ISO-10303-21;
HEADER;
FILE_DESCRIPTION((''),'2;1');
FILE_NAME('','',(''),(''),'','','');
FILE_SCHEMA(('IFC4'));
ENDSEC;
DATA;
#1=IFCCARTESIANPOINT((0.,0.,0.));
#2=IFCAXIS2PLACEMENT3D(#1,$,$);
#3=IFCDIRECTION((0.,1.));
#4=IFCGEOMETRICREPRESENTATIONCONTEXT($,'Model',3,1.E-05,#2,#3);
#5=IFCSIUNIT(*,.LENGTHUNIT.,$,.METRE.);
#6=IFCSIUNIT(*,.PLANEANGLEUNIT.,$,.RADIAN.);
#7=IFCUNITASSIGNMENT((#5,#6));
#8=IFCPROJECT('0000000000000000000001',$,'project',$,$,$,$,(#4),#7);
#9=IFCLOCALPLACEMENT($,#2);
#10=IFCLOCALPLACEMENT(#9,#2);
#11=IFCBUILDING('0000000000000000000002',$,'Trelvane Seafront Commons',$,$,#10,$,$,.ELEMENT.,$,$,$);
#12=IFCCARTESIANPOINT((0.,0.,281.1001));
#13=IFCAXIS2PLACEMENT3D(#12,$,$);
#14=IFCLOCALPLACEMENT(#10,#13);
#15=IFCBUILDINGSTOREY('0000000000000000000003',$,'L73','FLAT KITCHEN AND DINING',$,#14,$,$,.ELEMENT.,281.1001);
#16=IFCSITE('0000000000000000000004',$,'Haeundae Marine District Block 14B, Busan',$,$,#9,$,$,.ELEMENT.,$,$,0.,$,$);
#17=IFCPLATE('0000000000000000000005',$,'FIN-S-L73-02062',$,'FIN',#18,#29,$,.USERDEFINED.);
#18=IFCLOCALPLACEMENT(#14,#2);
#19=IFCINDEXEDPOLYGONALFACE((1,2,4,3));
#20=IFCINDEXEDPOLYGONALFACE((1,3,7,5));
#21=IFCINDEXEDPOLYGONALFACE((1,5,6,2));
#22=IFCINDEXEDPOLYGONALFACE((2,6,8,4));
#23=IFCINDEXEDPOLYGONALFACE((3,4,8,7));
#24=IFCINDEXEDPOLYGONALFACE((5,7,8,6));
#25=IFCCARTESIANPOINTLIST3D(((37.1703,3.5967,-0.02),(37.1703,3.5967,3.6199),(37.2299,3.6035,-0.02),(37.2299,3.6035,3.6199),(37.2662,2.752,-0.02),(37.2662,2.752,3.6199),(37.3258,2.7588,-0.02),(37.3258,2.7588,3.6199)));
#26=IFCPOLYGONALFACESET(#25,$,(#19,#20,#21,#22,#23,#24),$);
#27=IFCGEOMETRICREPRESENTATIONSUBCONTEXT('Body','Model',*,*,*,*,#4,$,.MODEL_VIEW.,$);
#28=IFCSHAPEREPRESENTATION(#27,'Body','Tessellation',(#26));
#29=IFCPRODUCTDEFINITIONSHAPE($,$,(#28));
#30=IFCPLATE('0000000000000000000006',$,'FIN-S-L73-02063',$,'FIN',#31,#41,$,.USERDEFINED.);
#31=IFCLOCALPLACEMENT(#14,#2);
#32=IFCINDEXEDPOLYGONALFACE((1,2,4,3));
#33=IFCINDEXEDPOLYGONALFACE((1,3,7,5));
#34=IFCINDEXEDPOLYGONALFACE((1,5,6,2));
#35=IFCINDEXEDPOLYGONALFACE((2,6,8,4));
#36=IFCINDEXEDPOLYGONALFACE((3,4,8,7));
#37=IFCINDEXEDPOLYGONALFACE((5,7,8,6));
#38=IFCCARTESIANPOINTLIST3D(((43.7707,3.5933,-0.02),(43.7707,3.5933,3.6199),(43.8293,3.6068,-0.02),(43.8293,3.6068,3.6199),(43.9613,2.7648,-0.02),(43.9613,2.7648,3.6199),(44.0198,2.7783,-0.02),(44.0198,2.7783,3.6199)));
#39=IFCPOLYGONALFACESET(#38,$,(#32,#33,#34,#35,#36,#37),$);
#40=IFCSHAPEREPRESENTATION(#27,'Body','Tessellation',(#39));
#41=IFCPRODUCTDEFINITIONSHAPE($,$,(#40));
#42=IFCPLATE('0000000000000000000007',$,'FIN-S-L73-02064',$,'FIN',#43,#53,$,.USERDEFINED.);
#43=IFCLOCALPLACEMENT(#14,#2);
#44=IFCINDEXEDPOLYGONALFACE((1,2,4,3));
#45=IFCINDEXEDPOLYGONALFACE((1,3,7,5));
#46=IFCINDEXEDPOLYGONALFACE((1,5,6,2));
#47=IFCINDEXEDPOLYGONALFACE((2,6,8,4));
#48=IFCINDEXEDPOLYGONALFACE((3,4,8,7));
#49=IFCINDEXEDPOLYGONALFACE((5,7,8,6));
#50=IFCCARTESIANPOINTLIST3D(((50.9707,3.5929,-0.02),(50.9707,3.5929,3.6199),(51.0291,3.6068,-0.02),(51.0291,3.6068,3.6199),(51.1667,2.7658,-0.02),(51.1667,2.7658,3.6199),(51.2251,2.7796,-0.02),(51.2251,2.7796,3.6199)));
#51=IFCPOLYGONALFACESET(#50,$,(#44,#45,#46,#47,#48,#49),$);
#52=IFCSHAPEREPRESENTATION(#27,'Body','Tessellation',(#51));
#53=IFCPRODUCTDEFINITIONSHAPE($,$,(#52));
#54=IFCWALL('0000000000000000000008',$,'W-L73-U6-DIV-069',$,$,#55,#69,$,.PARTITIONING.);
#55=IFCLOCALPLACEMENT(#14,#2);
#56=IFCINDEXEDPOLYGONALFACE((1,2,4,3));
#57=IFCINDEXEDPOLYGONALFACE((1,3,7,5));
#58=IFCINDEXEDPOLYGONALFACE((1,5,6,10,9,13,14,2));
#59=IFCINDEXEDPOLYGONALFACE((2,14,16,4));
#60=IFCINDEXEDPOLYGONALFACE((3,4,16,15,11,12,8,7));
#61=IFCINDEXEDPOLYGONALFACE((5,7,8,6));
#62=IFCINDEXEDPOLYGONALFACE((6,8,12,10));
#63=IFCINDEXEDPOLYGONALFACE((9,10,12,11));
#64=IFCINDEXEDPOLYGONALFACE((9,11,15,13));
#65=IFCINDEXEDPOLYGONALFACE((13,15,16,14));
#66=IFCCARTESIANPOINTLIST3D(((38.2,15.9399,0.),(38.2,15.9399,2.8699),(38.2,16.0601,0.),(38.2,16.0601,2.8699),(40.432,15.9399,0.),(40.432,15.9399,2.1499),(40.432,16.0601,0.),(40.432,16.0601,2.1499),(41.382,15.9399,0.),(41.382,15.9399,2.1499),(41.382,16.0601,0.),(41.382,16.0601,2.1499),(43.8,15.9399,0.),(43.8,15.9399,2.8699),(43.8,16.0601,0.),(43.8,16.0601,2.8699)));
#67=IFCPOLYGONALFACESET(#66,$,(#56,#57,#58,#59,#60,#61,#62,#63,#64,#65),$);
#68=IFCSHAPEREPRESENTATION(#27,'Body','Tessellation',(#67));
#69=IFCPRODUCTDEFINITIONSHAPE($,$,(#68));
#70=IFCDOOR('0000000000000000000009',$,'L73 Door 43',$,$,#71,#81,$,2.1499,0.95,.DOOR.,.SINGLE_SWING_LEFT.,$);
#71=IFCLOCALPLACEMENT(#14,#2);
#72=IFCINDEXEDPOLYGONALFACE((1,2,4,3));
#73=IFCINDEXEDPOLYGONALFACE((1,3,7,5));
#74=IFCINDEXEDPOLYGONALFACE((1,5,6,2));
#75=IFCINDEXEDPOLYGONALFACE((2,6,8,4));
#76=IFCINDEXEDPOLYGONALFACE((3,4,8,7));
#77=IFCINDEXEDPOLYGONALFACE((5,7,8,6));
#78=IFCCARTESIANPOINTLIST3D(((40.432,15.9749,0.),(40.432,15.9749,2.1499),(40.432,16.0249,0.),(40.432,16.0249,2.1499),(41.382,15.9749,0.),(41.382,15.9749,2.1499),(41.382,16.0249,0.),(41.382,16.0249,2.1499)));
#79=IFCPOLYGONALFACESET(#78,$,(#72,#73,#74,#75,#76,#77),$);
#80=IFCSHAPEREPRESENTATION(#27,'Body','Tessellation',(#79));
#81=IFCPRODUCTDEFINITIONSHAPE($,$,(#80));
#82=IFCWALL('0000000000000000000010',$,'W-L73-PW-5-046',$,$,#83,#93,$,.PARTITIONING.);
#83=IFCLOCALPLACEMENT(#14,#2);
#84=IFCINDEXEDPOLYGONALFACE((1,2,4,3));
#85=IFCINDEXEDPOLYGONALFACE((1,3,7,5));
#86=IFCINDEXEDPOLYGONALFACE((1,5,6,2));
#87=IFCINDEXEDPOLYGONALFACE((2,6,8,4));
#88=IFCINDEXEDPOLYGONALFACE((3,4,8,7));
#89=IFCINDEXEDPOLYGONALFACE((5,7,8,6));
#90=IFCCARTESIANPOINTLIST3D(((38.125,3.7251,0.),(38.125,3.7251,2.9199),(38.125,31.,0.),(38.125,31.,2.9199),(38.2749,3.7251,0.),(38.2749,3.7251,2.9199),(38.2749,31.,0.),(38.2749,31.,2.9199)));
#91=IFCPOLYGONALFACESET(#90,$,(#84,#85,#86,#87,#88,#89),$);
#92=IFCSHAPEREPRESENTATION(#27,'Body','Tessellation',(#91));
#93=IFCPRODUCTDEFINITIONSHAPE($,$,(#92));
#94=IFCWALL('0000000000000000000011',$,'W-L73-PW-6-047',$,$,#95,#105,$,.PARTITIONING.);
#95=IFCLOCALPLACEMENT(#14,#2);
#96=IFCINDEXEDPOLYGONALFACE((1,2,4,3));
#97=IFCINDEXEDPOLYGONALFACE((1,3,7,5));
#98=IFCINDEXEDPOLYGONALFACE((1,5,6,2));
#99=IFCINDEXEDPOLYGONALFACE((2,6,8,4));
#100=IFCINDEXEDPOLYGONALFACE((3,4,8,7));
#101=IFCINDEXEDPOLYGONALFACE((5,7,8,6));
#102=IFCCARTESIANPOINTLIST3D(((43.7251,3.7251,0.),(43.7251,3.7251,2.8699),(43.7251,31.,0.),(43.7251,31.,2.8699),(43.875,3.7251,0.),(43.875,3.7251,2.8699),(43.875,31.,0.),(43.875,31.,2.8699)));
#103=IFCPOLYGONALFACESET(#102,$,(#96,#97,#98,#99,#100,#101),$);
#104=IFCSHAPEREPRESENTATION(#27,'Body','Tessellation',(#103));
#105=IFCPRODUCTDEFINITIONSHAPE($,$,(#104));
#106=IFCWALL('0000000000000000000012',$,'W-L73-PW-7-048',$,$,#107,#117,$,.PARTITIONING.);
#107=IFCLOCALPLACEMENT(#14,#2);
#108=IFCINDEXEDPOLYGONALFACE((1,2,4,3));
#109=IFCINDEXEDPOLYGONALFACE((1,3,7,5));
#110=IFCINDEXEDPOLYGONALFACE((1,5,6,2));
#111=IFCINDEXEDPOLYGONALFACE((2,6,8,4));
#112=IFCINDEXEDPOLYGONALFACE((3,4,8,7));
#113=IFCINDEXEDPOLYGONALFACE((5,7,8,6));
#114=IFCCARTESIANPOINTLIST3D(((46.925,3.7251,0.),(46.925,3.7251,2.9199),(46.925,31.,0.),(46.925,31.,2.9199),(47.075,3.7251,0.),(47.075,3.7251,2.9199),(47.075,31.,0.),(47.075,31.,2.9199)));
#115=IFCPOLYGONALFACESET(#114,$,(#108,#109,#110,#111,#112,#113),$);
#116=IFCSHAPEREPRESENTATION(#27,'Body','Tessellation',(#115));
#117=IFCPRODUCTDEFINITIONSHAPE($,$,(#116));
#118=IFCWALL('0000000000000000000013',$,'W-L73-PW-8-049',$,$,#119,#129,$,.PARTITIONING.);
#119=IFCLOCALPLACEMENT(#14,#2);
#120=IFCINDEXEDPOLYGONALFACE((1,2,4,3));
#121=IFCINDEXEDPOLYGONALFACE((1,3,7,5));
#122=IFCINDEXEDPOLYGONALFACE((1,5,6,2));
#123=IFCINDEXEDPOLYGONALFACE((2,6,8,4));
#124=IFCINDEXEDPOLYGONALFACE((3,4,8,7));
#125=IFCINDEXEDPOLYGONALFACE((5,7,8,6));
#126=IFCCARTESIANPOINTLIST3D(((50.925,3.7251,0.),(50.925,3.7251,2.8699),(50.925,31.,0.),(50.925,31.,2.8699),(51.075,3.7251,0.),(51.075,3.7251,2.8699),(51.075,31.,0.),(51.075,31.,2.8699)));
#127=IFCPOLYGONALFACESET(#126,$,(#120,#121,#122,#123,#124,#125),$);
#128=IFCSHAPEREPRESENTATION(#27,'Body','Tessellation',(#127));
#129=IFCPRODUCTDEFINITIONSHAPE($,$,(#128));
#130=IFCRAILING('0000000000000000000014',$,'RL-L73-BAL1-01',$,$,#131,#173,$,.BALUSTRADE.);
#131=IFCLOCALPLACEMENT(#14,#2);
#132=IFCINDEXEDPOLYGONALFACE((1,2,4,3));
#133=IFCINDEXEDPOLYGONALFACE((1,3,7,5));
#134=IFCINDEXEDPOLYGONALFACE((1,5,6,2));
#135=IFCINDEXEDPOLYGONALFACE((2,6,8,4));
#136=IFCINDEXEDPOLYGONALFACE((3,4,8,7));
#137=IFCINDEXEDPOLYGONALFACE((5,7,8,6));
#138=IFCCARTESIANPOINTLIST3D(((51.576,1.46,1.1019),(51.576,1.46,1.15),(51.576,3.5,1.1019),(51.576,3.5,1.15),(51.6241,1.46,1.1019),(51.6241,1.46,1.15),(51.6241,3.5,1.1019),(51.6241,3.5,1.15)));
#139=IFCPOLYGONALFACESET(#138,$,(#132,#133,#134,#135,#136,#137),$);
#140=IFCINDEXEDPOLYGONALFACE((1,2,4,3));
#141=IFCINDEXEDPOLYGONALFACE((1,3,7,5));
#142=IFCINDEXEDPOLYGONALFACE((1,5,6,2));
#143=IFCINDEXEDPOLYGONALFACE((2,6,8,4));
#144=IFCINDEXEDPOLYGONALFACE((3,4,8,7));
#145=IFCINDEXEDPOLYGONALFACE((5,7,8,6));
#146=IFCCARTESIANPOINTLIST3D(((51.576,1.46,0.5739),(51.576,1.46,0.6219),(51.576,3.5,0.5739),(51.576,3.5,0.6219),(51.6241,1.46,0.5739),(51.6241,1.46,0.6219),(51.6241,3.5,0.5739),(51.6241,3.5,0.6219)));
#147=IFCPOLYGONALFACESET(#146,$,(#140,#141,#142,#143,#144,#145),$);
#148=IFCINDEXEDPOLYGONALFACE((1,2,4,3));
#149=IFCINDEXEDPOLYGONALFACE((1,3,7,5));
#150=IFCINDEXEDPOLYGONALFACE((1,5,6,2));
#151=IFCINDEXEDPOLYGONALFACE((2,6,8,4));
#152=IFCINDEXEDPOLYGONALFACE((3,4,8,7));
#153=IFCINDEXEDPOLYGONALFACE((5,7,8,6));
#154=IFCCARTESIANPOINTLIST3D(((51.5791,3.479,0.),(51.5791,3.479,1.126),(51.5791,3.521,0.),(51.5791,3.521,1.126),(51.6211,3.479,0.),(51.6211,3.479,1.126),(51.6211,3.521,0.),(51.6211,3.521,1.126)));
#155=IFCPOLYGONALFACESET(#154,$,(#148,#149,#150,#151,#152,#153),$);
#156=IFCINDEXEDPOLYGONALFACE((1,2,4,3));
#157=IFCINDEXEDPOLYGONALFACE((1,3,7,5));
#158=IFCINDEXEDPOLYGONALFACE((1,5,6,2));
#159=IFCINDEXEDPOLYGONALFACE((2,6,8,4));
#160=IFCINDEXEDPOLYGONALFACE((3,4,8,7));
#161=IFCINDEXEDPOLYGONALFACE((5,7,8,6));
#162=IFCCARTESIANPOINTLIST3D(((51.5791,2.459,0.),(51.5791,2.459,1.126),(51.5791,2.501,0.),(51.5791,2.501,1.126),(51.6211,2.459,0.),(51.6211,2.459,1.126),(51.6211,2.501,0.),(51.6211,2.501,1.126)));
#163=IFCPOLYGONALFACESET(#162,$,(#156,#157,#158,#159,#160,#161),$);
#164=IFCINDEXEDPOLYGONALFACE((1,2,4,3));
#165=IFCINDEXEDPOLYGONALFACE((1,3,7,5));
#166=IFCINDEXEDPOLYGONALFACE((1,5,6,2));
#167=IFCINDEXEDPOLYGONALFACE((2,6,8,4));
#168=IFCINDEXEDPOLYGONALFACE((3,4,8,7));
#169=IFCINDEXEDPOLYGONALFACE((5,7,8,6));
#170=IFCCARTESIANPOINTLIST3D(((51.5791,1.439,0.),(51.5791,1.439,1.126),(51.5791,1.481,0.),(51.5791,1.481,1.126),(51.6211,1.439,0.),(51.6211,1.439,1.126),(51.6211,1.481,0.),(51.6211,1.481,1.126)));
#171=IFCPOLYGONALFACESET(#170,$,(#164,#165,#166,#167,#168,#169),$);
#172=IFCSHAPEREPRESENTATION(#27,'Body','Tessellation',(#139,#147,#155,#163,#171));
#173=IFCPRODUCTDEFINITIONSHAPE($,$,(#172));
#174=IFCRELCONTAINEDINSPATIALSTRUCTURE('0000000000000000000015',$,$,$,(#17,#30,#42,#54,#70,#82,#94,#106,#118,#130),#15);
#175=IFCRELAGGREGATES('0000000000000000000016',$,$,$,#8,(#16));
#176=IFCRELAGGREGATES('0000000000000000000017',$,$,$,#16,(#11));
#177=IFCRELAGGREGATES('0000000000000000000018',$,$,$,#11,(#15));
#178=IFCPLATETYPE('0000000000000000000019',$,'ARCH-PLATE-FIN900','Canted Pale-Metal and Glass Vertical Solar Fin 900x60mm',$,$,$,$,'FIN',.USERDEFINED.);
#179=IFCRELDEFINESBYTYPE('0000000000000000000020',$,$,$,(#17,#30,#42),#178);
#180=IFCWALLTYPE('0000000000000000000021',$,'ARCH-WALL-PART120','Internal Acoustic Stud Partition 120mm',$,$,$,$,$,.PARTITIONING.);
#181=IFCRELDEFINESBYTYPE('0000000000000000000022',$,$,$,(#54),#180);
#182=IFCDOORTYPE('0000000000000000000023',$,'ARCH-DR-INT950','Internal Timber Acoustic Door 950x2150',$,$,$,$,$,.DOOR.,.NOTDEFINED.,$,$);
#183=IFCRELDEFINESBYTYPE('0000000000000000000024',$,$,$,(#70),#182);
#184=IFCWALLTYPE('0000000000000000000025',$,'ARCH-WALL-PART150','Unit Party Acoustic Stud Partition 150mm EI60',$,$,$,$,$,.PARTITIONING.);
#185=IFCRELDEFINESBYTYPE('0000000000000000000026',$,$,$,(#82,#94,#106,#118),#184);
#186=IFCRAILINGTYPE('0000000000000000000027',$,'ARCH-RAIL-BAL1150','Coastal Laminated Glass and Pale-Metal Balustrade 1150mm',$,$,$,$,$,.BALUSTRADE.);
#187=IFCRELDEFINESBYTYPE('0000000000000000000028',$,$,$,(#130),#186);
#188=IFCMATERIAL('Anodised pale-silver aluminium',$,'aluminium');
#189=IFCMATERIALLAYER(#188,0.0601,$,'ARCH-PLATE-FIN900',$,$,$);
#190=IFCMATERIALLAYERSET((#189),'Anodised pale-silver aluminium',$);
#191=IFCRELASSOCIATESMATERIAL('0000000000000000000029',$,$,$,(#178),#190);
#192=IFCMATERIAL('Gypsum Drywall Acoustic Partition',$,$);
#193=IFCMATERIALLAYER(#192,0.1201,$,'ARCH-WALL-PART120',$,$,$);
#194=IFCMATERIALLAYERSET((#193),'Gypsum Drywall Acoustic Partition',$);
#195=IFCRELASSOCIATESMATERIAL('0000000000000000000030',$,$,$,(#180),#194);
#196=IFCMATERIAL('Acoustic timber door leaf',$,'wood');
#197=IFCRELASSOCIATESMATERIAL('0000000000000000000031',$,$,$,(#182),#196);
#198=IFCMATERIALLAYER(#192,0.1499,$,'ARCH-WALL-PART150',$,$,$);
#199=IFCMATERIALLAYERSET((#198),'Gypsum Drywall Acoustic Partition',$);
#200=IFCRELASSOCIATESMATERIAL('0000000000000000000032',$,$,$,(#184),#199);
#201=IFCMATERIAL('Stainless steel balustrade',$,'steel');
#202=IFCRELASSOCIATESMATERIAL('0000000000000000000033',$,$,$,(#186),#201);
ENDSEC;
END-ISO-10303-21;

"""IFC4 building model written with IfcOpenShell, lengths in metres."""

from ifc_helpers import new_model, si_unit, direction, frame, frame_2d, origin, origin_2d, place, context, subcontext, project, spatial, rectangle, extrude, source, transform, mapped, material, layer, layer_set, type_object, element, fill, save


model = new_model("IFC4")

# Units and contexts
model_context = context("Model", 3, precision=1e-05, world=origin(), true_north=direction((0.0, 1.0)))
body_context = subcontext(model_context, "Body", "Model", "MODEL_VIEW")
ifc_project = project(units=[si_unit("LENGTHUNIT", "METRE"), si_unit("PLANEANGLEUNIT", "RADIAN")], contexts=[model_context])

# Site, building, storey
site_placement = place(None, origin())
site = spatial("IfcSite", under=ifc_project, at=site_placement, Name="Haeundae Marine District Block 14B, Busan", CompositionType="ELEMENT", RefElevation=0.0)
building_placement = place(site_placement, origin())
building = spatial("IfcBuilding", under=site, at=building_placement, Name="Trelvane Seafront Commons", CompositionType="ELEMENT")
storey_placement = place(building_placement, frame((0.0, 0.0, 281.1001)))
storey = spatial("IfcBuildingStorey", under=building, at=storey_placement, Name="L73", Description="FLAT KITCHEN AND DINING", CompositionType="ELEMENT", Elevation=281.1001)

# Plates
ifc_material_1 = material(Name="Anodised pale-silver aluminium", Category="aluminium")
ifc_layer_1 = layer(ifc_material_1, 0.0601, Name="ARCH-PLATE-FIN900")
ifc_layer_set_1 = layer_set([ifc_layer_1], Name="Anodised pale-silver aluminium")
plate_type = type_object("IfcPlateType", Name="ARCH-PLATE-FIN900", Description="Canted Pale-Metal and Glass Vertical Solar Fin 900x60mm", ElementType="FIN", PredefinedType="USERDEFINED", material=ifc_layer_set_1)
shared_shape_1 = source(origin(), body_context, "Body", "SweptSolid", [
    extrude(rectangle(XDim=0.8501, YDim=0.0601, at=origin_2d()), origin(), (0.0, 0.0, 1.0), 3.6399),
])
for number, where, z_axis, x_axis, name in (
    (1, (37.248, 3.1777, -0.02), (0.0, 0.0, 1.0), (0.11282, -0.993615, 0.0), "FIN-S-L73-02062"),
    (2, (43.8953, 3.1858, -0.02), (0.0, 0.0, 1.0), (0.224113, -0.974563, 0.0), "FIN-S-L73-02063"),
    (3, (51.0979, 3.1863, -0.02), (0.0, 0.0, 1.0), (0.230586, -0.973052, 0.0), "FIN-S-L73-02064"),
):
    element("IfcPlate", number, at=place(storey_placement, frame(where, z_axis=z_axis, x_axis=x_axis)), inside=storey, type_object=plate_type, Name=name, ObjectType="FIN", PredefinedType="USERDEFINED", context=body_context, shape_type="MappedRepresentation", body=[
        mapped(shared_shape_1, transform((0.0, 0.0, 0.0), x_axis=(1.0, 0.0, 0.0), y_axis=(0.0, 1.0, 0.0), z_axis=(0.0, 0.0, 1.0), scale=1.0)),
    ])

# Wall, opening, door
ifc_material_2 = material(Name="Gypsum Drywall Acoustic Partition")
ifc_layer_2 = layer(ifc_material_2, 0.1201, Name="ARCH-WALL-PART120")
ifc_layer_set_2 = layer_set([ifc_layer_2], Name="Gypsum Drywall Acoustic Partition")
wall_type_1 = type_object("IfcWallType", Name="ARCH-WALL-PART120", Description="Internal Acoustic Stud Partition 120mm", PredefinedType="PARTITIONING", material=ifc_layer_set_2)
wall_1_placement = place(storey_placement, frame((38.2, 16.0, 0.0), z_axis=(0.0, 0.0, 1.0), x_axis=(1.0, 0.0, 0.0)))
wall_1 = element("IfcWall", 4, at=wall_1_placement, inside=storey, type_object=wall_type_1, Name="W-L73-U6-DIV-069", PredefinedType="PARTITIONING", context=body_context, shape_type="SweptSolid", body=[
    extrude(rectangle(XDim=5.6001, YDim=0.1201, at=frame_2d((2.8, 0.0))), origin(), (0.0, 0.0, 1.0), 2.8699),
])
opening_1_placement = place(wall_1_placement, frame((2.2319, 0.0, 0.0)))
opening_1 = element("IfcOpeningElement", 5, at=opening_1_placement, cuts=wall_1, PredefinedType="OPENING", context=body_context, shape_type="SweptSolid", body=[
    extrude(rectangle(XDim=0.95, YDim=2.1499, at=frame_2d((0.4751, 1.075))), frame((0.0, 0.0701, 0.0), z_axis=(0.0, -1.0, 0.0), x_axis=(1.0, 0.0, 0.0)), (0.0, 0.0, 1.0), 0.1401),
])
ifc_material_3 = material(Name="Acoustic timber door leaf", Category="wood")
door_type = type_object("IfcDoorType", Name="ARCH-DR-INT950", Description="Internal Timber Acoustic Door 950x2150", OperationType="NOTDEFINED", PredefinedType="DOOR", material=ifc_material_3)
shared_shape_2 = source(origin(), body_context, "Body", "SweptSolid", [
    extrude(rectangle(XDim=0.95, YDim=2.1499, at=frame_2d((0.4751, 1.075))), frame((0.0, 0.0249, 0.0), z_axis=(0.0, -1.0, 0.0), x_axis=(1.0, 0.0, 0.0)), (0.0, 0.0, 1.0), 0.05),
])
door_1_placement = place(opening_1_placement, origin())
door_1 = element("IfcDoor", 6, at=door_1_placement, inside=storey, type_object=door_type, Name="L73 Door 43", OperationType="SINGLE_SWING_LEFT", OverallHeight=2.1499, OverallWidth=0.95, PredefinedType="DOOR", context=body_context, shape_type="MappedRepresentation", body=[
    mapped(shared_shape_2, transform((0.0, 0.0, 0.0), x_axis=(1.0, 0.0, 0.0), y_axis=(0.0, 1.0, 0.0), z_axis=(0.0, 0.0, 1.0), scale=1.0)),
])
fill(opening_1, door_1)

# Walls
ifc_layer_3 = layer(ifc_material_2, 0.1499, Name="ARCH-WALL-PART150")
ifc_layer_set_3 = layer_set([ifc_layer_3], Name="Gypsum Drywall Acoustic Partition")
wall_type_2 = type_object("IfcWallType", Name="ARCH-WALL-PART150", Description="Unit Party Acoustic Stud Partition 150mm EI60", PredefinedType="PARTITIONING", material=ifc_layer_set_3)
wall_2_placement = place(storey_placement, frame((38.2, 3.7251, 0.0), z_axis=(0.0, 0.0, 1.0), x_axis=(0.0, 1.0, 0.0)))
element("IfcWall", 7, at=wall_2_placement, inside=storey, type_object=wall_type_2, Name="W-L73-PW-5-046", PredefinedType="PARTITIONING", context=body_context, shape_type="SweptSolid", body=[
    extrude(rectangle(XDim=27.2749, YDim=0.1499, at=frame_2d((13.6375, 0.0))), origin(), (0.0, 0.0, 1.0), 2.9199),
])
wall_3_placement = place(storey_placement, frame((43.8, 3.7251, 0.0), z_axis=(0.0, 0.0, 1.0), x_axis=(0.0, 1.0, 0.0)))
element("IfcWall", 8, at=wall_3_placement, inside=storey, type_object=wall_type_2, Name="W-L73-PW-6-047", PredefinedType="PARTITIONING", context=body_context, shape_type="SweptSolid", body=[
    extrude(rectangle(XDim=27.2749, YDim=0.1499, at=frame_2d((13.6375, 0.0))), origin(), (0.0, 0.0, 1.0), 2.8699),
])
wall_4_placement = place(storey_placement, frame((47.0, 3.7251, 0.0), z_axis=(0.0, 0.0, 1.0), x_axis=(0.0, 1.0, 0.0)))
element("IfcWall", 9, at=wall_4_placement, inside=storey, type_object=wall_type_2, Name="W-L73-PW-7-048", PredefinedType="PARTITIONING", context=body_context, shape_type="SweptSolid", body=[
    extrude(rectangle(XDim=27.2749, YDim=0.1499, at=frame_2d((13.6375, 0.0))), origin(), (0.0, 0.0, 1.0), 2.9199),
])
wall_5_placement = place(storey_placement, frame((51.0, 3.7251, 0.0), z_axis=(0.0, 0.0, 1.0), x_axis=(0.0, 1.0, 0.0)))
element("IfcWall", 10, at=wall_5_placement, inside=storey, type_object=wall_type_2, Name="W-L73-PW-8-049", PredefinedType="PARTITIONING", context=body_context, shape_type="SweptSolid", body=[
    extrude(rectangle(XDim=27.2749, YDim=0.1499, at=frame_2d((13.6375, 0.0))), origin(), (0.0, 0.0, 1.0), 2.8699),
])

# Railing
ifc_material_4 = material(Name="Stainless steel balustrade", Category="steel")
railing_type = type_object("IfcRailingType", Name="ARCH-RAIL-BAL1150", Description="Coastal Laminated Glass and Pale-Metal Balustrade 1150mm", PredefinedType="BALUSTRADE", material=ifc_material_4)
railing_1_placement = place(storey_placement, frame((51.6001, 3.5, 0.0)))
element("IfcRailing", 11, at=railing_1_placement, inside=storey, type_object=railing_type, Name="RL-L73-BAL1-01", PredefinedType="BALUSTRADE", context=body_context, shape_type="SweptSolid", body=[
    extrude(rectangle(XDim=0.0481, YDim=0.0481, at=origin_2d()), frame((0.0, 0.0, 1.126), z_axis=(0.0, -1.0, 0.0), x_axis=(1.0, 0.0, 0.0)), (0.0, 0.0, 1.0), 2.04),
    extrude(rectangle(XDim=0.0481, YDim=0.0481, at=origin_2d()), frame((0.0, 0.0, 0.5979), z_axis=(0.0, -1.0, 0.0), x_axis=(1.0, 0.0, 0.0)), (0.0, 0.0, 1.0), 2.04),
    extrude(rectangle(XDim=0.042, YDim=0.042, at=origin_2d()), origin(), (0.0, 0.0, 1.0), 1.126),
    extrude(rectangle(XDim=0.042, YDim=0.042, at=origin_2d()), frame((0.0, -1.02, 0.0)), (0.0, 0.0, 1.0), 1.126),
    extrude(rectangle(XDim=0.042, YDim=0.042, at=origin_2d()), frame((0.0, -2.04, 0.0)), (0.0, 0.0, 1.0), 1.126),
])

save(model, "model.ifc")
